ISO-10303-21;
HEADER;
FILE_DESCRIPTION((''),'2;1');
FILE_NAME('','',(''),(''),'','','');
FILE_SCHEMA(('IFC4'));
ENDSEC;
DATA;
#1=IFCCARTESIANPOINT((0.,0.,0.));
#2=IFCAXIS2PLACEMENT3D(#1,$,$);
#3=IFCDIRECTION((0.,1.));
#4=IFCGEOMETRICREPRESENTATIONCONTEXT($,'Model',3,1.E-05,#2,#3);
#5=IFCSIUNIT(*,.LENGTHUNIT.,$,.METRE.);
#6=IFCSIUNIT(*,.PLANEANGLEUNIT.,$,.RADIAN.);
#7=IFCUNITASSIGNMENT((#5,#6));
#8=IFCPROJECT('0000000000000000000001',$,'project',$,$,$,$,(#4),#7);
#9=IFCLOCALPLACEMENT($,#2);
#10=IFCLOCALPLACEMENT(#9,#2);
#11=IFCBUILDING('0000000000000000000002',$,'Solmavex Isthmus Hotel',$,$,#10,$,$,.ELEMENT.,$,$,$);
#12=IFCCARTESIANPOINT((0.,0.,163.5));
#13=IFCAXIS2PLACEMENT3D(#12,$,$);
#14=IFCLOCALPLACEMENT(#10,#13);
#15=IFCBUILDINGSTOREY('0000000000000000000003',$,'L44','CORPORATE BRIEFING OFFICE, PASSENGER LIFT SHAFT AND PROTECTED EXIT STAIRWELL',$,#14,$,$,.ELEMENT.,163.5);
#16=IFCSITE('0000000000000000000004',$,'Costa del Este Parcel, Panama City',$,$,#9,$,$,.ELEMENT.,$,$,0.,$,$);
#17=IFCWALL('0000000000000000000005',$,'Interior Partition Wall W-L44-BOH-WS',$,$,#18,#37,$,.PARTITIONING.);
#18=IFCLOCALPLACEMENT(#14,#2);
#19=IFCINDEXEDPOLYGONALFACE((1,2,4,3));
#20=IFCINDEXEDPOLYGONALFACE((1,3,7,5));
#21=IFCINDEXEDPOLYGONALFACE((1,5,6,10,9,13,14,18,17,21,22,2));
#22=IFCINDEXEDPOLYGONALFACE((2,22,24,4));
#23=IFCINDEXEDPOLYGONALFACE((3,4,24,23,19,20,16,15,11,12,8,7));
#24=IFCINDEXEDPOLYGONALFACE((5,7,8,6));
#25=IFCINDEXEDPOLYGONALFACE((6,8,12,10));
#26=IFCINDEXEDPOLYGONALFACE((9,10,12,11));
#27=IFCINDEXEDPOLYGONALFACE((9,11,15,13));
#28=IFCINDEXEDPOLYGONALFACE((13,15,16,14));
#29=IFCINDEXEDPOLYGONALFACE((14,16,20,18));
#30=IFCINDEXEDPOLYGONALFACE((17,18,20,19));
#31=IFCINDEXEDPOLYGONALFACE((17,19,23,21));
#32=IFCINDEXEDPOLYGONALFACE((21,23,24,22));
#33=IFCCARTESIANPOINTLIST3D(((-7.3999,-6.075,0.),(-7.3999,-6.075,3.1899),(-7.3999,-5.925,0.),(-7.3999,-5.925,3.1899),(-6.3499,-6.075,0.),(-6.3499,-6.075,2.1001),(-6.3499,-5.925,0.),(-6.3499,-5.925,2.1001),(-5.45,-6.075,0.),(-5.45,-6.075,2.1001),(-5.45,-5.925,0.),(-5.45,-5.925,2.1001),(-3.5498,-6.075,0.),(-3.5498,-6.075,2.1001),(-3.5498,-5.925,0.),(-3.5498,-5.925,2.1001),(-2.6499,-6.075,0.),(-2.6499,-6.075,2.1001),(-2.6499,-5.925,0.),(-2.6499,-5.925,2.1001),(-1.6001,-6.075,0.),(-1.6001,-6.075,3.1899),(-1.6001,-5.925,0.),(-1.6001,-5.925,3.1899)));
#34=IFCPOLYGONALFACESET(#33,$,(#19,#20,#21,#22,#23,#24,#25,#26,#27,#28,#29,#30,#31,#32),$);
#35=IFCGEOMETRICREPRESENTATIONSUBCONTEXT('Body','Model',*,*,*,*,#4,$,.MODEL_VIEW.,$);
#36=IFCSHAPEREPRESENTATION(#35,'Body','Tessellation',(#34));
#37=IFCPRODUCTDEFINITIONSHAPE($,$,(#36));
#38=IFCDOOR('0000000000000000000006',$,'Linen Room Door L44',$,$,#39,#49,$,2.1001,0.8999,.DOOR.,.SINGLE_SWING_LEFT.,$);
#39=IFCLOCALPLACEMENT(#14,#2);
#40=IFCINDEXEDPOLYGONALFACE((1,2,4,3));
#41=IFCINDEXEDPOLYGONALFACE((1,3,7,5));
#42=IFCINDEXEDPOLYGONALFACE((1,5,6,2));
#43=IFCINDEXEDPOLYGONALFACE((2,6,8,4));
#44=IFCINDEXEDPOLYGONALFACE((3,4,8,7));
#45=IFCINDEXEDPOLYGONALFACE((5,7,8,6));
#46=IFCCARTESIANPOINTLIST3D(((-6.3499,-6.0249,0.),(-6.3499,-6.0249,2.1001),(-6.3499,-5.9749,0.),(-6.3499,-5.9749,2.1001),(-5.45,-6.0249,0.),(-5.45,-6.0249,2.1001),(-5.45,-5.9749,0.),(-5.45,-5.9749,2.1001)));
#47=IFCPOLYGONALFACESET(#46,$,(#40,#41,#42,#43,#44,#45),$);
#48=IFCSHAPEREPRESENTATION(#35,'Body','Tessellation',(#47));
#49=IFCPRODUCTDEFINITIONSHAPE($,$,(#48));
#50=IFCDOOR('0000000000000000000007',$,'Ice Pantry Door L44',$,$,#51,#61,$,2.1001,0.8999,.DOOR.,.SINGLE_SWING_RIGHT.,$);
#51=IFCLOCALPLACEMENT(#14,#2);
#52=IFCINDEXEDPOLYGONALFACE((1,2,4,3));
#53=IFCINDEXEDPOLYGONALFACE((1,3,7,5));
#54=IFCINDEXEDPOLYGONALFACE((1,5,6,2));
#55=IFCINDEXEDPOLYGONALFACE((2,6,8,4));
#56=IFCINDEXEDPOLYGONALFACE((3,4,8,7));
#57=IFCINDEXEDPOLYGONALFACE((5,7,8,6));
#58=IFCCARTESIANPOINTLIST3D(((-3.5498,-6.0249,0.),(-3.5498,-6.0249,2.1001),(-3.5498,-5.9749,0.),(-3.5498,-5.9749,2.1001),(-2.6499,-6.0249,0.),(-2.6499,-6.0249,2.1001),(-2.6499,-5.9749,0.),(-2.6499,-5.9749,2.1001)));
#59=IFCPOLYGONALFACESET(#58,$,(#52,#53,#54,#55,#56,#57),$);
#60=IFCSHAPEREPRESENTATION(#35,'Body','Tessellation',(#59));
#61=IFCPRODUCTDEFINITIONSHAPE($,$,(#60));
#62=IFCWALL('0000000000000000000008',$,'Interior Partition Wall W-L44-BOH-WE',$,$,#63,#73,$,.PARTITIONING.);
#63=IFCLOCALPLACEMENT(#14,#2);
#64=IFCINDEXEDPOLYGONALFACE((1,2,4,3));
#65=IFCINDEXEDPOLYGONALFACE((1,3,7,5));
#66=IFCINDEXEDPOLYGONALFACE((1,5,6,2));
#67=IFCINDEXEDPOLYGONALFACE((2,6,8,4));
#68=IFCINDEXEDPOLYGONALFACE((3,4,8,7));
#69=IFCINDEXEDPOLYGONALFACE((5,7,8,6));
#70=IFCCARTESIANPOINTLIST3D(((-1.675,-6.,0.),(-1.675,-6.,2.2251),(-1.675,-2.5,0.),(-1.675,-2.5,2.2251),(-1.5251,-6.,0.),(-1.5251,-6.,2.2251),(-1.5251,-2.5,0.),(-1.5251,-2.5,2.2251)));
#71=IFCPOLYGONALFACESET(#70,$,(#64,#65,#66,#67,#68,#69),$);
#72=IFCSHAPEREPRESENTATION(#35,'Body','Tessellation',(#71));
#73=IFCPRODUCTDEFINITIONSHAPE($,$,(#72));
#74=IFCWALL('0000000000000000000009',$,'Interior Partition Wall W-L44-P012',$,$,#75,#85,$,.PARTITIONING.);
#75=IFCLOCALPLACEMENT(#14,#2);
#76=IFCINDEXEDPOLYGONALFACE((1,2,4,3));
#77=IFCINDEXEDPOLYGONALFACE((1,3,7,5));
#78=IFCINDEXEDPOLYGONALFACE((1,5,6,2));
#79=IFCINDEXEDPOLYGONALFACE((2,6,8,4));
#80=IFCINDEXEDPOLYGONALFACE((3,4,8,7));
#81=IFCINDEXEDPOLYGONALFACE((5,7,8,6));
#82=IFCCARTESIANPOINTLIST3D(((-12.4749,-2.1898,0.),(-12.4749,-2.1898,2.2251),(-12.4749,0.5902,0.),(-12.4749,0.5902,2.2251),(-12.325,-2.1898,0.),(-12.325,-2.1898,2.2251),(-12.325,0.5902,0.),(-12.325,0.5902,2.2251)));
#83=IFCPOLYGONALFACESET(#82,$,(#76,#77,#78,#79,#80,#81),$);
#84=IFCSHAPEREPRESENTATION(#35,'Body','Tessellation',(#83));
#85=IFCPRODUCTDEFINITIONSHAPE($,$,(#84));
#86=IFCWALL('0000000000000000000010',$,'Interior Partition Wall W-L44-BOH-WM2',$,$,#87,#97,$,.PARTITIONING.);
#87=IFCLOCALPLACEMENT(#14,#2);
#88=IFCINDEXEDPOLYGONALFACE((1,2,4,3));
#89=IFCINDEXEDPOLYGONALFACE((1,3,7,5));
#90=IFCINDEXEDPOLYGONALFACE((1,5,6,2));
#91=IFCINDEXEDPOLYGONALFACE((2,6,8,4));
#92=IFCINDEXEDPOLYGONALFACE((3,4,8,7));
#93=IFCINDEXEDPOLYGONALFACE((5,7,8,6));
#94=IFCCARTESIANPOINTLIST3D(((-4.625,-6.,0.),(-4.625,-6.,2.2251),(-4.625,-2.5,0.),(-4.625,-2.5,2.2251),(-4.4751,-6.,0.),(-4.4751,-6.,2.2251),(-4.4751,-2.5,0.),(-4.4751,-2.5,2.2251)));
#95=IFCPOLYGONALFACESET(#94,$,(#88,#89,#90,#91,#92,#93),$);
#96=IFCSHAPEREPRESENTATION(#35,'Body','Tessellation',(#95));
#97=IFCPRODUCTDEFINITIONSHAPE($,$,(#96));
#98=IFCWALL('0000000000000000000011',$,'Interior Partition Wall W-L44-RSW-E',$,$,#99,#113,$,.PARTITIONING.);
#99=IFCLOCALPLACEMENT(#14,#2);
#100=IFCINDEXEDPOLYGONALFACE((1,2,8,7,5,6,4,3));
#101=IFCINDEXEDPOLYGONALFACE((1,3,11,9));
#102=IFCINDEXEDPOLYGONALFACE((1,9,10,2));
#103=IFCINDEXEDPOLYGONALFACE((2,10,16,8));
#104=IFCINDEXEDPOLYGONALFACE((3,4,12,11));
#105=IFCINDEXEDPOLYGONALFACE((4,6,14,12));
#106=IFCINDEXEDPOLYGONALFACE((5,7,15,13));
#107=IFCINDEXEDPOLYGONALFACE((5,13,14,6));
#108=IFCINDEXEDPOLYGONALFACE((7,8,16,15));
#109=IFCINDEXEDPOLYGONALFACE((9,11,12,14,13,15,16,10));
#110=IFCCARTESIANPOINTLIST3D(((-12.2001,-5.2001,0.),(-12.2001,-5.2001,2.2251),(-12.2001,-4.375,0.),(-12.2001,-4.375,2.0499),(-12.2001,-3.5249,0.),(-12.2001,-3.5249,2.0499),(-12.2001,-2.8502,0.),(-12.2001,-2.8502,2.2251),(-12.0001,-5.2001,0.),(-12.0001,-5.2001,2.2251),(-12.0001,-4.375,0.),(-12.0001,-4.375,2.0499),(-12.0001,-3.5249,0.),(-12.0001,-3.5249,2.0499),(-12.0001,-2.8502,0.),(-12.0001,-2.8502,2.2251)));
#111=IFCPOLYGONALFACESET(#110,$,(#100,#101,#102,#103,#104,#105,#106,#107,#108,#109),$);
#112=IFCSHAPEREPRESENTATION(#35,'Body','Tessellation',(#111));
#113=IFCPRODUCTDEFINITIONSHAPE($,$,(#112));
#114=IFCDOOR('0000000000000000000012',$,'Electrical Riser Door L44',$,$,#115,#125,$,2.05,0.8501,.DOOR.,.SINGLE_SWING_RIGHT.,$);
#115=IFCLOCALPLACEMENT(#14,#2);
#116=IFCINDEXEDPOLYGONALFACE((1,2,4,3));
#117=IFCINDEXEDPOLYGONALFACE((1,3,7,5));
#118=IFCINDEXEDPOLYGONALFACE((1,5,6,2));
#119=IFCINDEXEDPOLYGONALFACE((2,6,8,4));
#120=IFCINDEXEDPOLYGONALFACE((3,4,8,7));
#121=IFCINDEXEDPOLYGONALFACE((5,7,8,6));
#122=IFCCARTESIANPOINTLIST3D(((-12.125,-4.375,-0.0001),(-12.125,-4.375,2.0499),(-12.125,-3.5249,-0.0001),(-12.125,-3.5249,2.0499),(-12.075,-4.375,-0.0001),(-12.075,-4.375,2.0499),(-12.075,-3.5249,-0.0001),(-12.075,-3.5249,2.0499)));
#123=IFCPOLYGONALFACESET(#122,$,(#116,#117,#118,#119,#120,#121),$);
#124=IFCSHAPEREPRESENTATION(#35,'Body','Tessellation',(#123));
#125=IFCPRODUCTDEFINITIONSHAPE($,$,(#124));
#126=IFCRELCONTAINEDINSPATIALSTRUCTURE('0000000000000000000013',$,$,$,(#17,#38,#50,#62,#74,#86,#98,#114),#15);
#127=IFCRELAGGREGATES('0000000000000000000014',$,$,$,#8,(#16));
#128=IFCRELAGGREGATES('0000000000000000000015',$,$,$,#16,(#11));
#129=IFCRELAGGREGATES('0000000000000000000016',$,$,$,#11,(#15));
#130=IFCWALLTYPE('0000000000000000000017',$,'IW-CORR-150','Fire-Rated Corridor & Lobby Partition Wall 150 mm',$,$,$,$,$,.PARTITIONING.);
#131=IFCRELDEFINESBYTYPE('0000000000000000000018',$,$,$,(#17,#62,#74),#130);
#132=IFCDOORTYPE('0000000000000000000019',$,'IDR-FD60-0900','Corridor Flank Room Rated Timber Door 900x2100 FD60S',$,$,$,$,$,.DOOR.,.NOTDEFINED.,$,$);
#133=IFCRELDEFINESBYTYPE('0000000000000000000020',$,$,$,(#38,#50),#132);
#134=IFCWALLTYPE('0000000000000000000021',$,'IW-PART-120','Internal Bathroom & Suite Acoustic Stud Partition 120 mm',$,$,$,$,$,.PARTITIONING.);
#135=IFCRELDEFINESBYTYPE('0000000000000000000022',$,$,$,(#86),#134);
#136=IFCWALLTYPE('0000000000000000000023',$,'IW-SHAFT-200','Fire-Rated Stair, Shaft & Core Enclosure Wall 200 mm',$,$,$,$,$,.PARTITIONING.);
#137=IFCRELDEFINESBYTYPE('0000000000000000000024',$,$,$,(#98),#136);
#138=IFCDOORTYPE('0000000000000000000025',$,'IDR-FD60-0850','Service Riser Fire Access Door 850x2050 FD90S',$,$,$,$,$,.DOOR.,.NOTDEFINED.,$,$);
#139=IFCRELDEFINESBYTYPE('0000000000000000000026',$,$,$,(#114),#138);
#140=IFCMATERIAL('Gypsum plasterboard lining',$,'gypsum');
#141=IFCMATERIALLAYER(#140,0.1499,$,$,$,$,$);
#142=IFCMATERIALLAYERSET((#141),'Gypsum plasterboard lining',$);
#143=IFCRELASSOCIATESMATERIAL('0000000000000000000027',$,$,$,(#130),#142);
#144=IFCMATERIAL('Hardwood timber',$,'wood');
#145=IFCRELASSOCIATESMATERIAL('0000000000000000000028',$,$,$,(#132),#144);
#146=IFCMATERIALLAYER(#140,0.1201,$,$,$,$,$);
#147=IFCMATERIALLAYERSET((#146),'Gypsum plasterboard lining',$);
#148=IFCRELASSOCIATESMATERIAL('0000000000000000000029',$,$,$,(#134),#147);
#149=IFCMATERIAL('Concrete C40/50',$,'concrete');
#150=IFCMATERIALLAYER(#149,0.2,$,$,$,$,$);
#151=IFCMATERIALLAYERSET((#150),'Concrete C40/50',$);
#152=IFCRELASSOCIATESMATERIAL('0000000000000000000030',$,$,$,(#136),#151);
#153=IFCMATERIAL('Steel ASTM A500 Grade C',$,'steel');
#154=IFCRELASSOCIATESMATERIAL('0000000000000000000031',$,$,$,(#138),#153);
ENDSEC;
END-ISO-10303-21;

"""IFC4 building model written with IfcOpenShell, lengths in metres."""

from ifc_helpers import new_model, si_unit, direction, frame, frame_2d, origin, place, context, subcontext, project, spatial, rectangle, extrude, material, layer, layer_set, type_object, element, fill, save


model = new_model("IFC4")

# Units and contexts
model_context = context("Model", 3, precision=1e-05, world=origin(), true_north=direction((0.0, 1.0)))
body_context = subcontext(model_context, "Body", "Model", "MODEL_VIEW")
ifc_project = project(units=[si_unit("LENGTHUNIT", "METRE"), si_unit("PLANEANGLEUNIT", "RADIAN")], contexts=[model_context])

# Site, building, storey
site_placement = place(None, origin())
site = spatial("IfcSite", under=ifc_project, at=site_placement, Name="Costa del Este Parcel, Panama City", CompositionType="ELEMENT", RefElevation=0.0)
building_placement = place(site_placement, origin())
building = spatial("IfcBuilding", under=site, at=building_placement, Name="Solmavex Isthmus Hotel", CompositionType="ELEMENT")
storey_placement = place(building_placement, frame((0.0, 0.0, 163.5)))
storey = spatial("IfcBuildingStorey", under=building, at=storey_placement, Name="L44", Description="CORPORATE BRIEFING OFFICE, PASSENGER LIFT SHAFT AND PROTECTED EXIT STAIRWELL", CompositionType="ELEMENT", Elevation=163.5)

# Shared definitions
ifc_material_1 = material(Name="Concrete C40/50", Category="concrete")

# Wall, openings, doors
ifc_material_2 = material(Name="Gypsum plasterboard lining", Category="gypsum")
ifc_layer_1 = layer(ifc_material_2, 0.1499)
ifc_layer_set_1 = layer_set([ifc_layer_1], Name="Gypsum plasterboard lining")
wall_type_1 = type_object("IfcWallType", Name="IW-CORR-150", Description="Fire-Rated Corridor & Lobby Partition Wall 150 mm", PredefinedType="PARTITIONING", material=ifc_layer_set_1)
wall_1_placement = place(storey_placement, frame((-7.3999, -6.0, 0.0), z_axis=(0.0, 0.0, 1.0), x_axis=(1.0, 0.0, 0.0)))
wall_1 = element("IfcWall", 1, at=wall_1_placement, inside=storey, type_object=wall_type_1, Name="Interior Partition Wall W-L44-BOH-WS", PredefinedType="PARTITIONING", context=body_context, shape_type="SweptSolid", body=[
    extrude(rectangle(XDim=5.7998, YDim=0.1499, at=frame_2d((2.8999, 0.0))), origin(), (0.0, 0.0, 1.0), 3.1899),
])
opening_1_placement = place(wall_1_placement, frame((1.05, 0.0, 0.0)))
opening_1 = element("IfcOpeningElement", 2, at=opening_1_placement, cuts=wall_1, PredefinedType="OPENING", context=body_context, shape_type="SweptSolid", body=[
    extrude(rectangle(XDim=0.8999, YDim=2.1001, at=frame_2d((0.45, 1.05))), frame((0.0, 0.085, 0.0), z_axis=(0.0, -1.0, 0.0), x_axis=(1.0, 0.0, 0.0)), (0.0, 0.0, 1.0), 0.1699),
])
opening_2_placement = place(wall_1_placement, frame((3.8501, 0.0, 0.0)))
opening_2 = element("IfcOpeningElement", 3, at=opening_2_placement, cuts=wall_1, PredefinedType="OPENING", context=body_context, shape_type="SweptSolid", body=[
    extrude(rectangle(XDim=0.8999, YDim=2.1001, at=frame_2d((0.45, 1.05))), frame((0.0, 0.085, 0.0), z_axis=(0.0, -1.0, 0.0), x_axis=(1.0, 0.0, 0.0)), (0.0, 0.0, 1.0), 0.1699),
])
ifc_material_3 = material(Name="Hardwood timber", Category="wood")
door_type_1 = type_object("IfcDoorType", Name="IDR-FD60-0900", Description="Corridor Flank Room Rated Timber Door 900x2100 FD60S", OperationType="NOTDEFINED", PredefinedType="DOOR", material=ifc_material_3)
door_1_placement = place(opening_1_placement, frame((0.8999, 0.0, 0.0), z_axis=(0.0, 0.0, 1.0), x_axis=(-1.0, 0.0, 0.0)))
door_1 = element("IfcDoor", 4, at=door_1_placement, inside=storey, type_object=door_type_1, Name="Linen Room Door L44", OperationType="SINGLE_SWING_LEFT", OverallHeight=2.1001, OverallWidth=0.8999, PredefinedType="DOOR", context=body_context, shape_type="SweptSolid", body=[
    extrude(rectangle(XDim=0.8999, YDim=2.1001, at=frame_2d((0.45, 1.05))), frame((0.0, 0.0249, 0.0), z_axis=(0.0, -1.0, 0.0), x_axis=(1.0, 0.0, 0.0)), (0.0, 0.0, 1.0), 0.05),
])
fill(opening_1, door_1)
door_2_placement = place(opening_2_placement, frame((0.8999, 0.0, 0.0), z_axis=(0.0, 0.0, 1.0), x_axis=(-1.0, 0.0, 0.0)))
door_2 = element("IfcDoor", 5, at=door_2_placement, inside=storey, type_object=door_type_1, Name="Ice Pantry Door L44", OperationType="SINGLE_SWING_RIGHT", OverallHeight=2.1001, OverallWidth=0.8999, PredefinedType="DOOR", context=body_context, shape_type="SweptSolid", body=[
    extrude(rectangle(XDim=0.8999, YDim=2.1001, at=frame_2d((0.45, 1.05))), frame((0.0, 0.0249, 0.0), z_axis=(0.0, -1.0, 0.0), x_axis=(1.0, 0.0, 0.0)), (0.0, 0.0, 1.0), 0.05),
])
fill(opening_2, door_2)

# Walls
wall_2_placement = place(storey_placement, frame((-1.6001, -6.0, 0.0), z_axis=(0.0, 0.0, 1.0), x_axis=(0.0, 1.0, 0.0)))
element("IfcWall", 6, at=wall_2_placement, inside=storey, type_object=wall_type_1, Name="Interior Partition Wall W-L44-BOH-WE", PredefinedType="PARTITIONING", context=body_context, shape_type="SweptSolid", body=[
    extrude(rectangle(XDim=3.5, YDim=0.1499, at=frame_2d((1.75, 0.0))), origin(), (0.0, 0.0, 1.0), 2.2251),
])
wall_3_placement = place(storey_placement, frame((-12.3999, -2.1899, 0.0), z_axis=(0.0, 0.0, 1.0), x_axis=(0.0, 1.0, 0.0)))
element("IfcWall", 7, at=wall_3_placement, inside=storey, type_object=wall_type_1, Name="Interior Partition Wall W-L44-P012", PredefinedType="PARTITIONING", context=body_context, shape_type="SweptSolid", body=[
    extrude(rectangle(XDim=2.78, YDim=0.1499, at=frame_2d((1.3901, 0.0))), origin(), (0.0, 0.0, 1.0), 2.2251),
])
ifc_layer_2 = layer(ifc_material_2, 0.1201)
ifc_layer_set_2 = layer_set([ifc_layer_2], Name="Gypsum plasterboard lining")
wall_type_2 = type_object("IfcWallType", Name="IW-PART-120", Description="Internal Bathroom & Suite Acoustic Stud Partition 120 mm", PredefinedType="PARTITIONING", material=ifc_layer_set_2)
wall_4_placement = place(storey_placement, frame((-4.55, -6.0, 0.0), z_axis=(0.0, 0.0, 1.0), x_axis=(0.0, 1.0, 0.0)))
element("IfcWall", 8, at=wall_4_placement, inside=storey, type_object=wall_type_2, Name="Interior Partition Wall W-L44-BOH-WM2", PredefinedType="PARTITIONING", context=body_context, shape_type="SweptSolid", body=[
    extrude(rectangle(XDim=3.5, YDim=0.1499, at=frame_2d((1.75, 0.0))), origin(), (0.0, 0.0, 1.0), 2.2251),
])

# Wall, opening, door
ifc_layer_3 = layer(ifc_material_1, 0.2)
ifc_layer_set_3 = layer_set([ifc_layer_3], Name="Concrete C40/50")
wall_type_3 = type_object("IfcWallType", Name="IW-SHAFT-200", Description="Fire-Rated Stair, Shaft & Core Enclosure Wall 200 mm", PredefinedType="PARTITIONING", material=ifc_layer_set_3)
wall_5_placement = place(storey_placement, frame((-12.1001, -5.2, 0.0), z_axis=(0.0, 0.0, 1.0), x_axis=(0.0, 1.0, 0.0)))
wall_5 = element("IfcWall", 9, at=wall_5_placement, inside=storey, type_object=wall_type_3, Name="Interior Partition Wall W-L44-RSW-E", PredefinedType="PARTITIONING", context=body_context, shape_type="SweptSolid", body=[
    extrude(rectangle(XDim=2.3499, YDim=0.2, at=frame_2d((1.1748, 0.0))), origin(), (0.0, 0.0, 1.0), 2.2251),
])
opening_3_placement = place(wall_5_placement, frame((0.825, 0.0, 0.0)))
opening_3 = element("IfcOpeningElement", 10, at=opening_3_placement, cuts=wall_5, PredefinedType="OPENING", context=body_context, shape_type="SweptSolid", body=[
    extrude(rectangle(XDim=0.8501, YDim=2.05, at=frame_2d((0.425, 1.0249))), frame((0.0, 0.1099, 0.0), z_axis=(0.0, -1.0, 0.0), x_axis=(1.0, 0.0, 0.0)), (0.0, 0.0, 1.0), 0.22),
])
ifc_material_4 = material(Name="Steel ASTM A500 Grade C", Category="steel")
door_type_2 = type_object("IfcDoorType", Name="IDR-FD60-0850", Description="Service Riser Fire Access Door 850x2050 FD90S", OperationType="NOTDEFINED", PredefinedType="DOOR", material=ifc_material_4)
door_3_placement = place(opening_3_placement, origin())
door_3 = element("IfcDoor", 11, at=door_3_placement, inside=storey, type_object=door_type_2, Name="Electrical Riser Door L44", OperationType="SINGLE_SWING_RIGHT", OverallHeight=2.05, OverallWidth=0.8501, PredefinedType="DOOR", context=body_context, shape_type="SweptSolid", body=[
    extrude(rectangle(XDim=0.8501, YDim=2.05, at=frame_2d((0.425, 1.0249))), frame((0.0, 0.0249, 0.0), z_axis=(0.0, -1.0, 0.0), x_axis=(1.0, 0.0, 0.0)), (0.0, 0.0, 1.0), 0.05),
])
fill(opening_3, door_3)

save(model, "model.ifc")
